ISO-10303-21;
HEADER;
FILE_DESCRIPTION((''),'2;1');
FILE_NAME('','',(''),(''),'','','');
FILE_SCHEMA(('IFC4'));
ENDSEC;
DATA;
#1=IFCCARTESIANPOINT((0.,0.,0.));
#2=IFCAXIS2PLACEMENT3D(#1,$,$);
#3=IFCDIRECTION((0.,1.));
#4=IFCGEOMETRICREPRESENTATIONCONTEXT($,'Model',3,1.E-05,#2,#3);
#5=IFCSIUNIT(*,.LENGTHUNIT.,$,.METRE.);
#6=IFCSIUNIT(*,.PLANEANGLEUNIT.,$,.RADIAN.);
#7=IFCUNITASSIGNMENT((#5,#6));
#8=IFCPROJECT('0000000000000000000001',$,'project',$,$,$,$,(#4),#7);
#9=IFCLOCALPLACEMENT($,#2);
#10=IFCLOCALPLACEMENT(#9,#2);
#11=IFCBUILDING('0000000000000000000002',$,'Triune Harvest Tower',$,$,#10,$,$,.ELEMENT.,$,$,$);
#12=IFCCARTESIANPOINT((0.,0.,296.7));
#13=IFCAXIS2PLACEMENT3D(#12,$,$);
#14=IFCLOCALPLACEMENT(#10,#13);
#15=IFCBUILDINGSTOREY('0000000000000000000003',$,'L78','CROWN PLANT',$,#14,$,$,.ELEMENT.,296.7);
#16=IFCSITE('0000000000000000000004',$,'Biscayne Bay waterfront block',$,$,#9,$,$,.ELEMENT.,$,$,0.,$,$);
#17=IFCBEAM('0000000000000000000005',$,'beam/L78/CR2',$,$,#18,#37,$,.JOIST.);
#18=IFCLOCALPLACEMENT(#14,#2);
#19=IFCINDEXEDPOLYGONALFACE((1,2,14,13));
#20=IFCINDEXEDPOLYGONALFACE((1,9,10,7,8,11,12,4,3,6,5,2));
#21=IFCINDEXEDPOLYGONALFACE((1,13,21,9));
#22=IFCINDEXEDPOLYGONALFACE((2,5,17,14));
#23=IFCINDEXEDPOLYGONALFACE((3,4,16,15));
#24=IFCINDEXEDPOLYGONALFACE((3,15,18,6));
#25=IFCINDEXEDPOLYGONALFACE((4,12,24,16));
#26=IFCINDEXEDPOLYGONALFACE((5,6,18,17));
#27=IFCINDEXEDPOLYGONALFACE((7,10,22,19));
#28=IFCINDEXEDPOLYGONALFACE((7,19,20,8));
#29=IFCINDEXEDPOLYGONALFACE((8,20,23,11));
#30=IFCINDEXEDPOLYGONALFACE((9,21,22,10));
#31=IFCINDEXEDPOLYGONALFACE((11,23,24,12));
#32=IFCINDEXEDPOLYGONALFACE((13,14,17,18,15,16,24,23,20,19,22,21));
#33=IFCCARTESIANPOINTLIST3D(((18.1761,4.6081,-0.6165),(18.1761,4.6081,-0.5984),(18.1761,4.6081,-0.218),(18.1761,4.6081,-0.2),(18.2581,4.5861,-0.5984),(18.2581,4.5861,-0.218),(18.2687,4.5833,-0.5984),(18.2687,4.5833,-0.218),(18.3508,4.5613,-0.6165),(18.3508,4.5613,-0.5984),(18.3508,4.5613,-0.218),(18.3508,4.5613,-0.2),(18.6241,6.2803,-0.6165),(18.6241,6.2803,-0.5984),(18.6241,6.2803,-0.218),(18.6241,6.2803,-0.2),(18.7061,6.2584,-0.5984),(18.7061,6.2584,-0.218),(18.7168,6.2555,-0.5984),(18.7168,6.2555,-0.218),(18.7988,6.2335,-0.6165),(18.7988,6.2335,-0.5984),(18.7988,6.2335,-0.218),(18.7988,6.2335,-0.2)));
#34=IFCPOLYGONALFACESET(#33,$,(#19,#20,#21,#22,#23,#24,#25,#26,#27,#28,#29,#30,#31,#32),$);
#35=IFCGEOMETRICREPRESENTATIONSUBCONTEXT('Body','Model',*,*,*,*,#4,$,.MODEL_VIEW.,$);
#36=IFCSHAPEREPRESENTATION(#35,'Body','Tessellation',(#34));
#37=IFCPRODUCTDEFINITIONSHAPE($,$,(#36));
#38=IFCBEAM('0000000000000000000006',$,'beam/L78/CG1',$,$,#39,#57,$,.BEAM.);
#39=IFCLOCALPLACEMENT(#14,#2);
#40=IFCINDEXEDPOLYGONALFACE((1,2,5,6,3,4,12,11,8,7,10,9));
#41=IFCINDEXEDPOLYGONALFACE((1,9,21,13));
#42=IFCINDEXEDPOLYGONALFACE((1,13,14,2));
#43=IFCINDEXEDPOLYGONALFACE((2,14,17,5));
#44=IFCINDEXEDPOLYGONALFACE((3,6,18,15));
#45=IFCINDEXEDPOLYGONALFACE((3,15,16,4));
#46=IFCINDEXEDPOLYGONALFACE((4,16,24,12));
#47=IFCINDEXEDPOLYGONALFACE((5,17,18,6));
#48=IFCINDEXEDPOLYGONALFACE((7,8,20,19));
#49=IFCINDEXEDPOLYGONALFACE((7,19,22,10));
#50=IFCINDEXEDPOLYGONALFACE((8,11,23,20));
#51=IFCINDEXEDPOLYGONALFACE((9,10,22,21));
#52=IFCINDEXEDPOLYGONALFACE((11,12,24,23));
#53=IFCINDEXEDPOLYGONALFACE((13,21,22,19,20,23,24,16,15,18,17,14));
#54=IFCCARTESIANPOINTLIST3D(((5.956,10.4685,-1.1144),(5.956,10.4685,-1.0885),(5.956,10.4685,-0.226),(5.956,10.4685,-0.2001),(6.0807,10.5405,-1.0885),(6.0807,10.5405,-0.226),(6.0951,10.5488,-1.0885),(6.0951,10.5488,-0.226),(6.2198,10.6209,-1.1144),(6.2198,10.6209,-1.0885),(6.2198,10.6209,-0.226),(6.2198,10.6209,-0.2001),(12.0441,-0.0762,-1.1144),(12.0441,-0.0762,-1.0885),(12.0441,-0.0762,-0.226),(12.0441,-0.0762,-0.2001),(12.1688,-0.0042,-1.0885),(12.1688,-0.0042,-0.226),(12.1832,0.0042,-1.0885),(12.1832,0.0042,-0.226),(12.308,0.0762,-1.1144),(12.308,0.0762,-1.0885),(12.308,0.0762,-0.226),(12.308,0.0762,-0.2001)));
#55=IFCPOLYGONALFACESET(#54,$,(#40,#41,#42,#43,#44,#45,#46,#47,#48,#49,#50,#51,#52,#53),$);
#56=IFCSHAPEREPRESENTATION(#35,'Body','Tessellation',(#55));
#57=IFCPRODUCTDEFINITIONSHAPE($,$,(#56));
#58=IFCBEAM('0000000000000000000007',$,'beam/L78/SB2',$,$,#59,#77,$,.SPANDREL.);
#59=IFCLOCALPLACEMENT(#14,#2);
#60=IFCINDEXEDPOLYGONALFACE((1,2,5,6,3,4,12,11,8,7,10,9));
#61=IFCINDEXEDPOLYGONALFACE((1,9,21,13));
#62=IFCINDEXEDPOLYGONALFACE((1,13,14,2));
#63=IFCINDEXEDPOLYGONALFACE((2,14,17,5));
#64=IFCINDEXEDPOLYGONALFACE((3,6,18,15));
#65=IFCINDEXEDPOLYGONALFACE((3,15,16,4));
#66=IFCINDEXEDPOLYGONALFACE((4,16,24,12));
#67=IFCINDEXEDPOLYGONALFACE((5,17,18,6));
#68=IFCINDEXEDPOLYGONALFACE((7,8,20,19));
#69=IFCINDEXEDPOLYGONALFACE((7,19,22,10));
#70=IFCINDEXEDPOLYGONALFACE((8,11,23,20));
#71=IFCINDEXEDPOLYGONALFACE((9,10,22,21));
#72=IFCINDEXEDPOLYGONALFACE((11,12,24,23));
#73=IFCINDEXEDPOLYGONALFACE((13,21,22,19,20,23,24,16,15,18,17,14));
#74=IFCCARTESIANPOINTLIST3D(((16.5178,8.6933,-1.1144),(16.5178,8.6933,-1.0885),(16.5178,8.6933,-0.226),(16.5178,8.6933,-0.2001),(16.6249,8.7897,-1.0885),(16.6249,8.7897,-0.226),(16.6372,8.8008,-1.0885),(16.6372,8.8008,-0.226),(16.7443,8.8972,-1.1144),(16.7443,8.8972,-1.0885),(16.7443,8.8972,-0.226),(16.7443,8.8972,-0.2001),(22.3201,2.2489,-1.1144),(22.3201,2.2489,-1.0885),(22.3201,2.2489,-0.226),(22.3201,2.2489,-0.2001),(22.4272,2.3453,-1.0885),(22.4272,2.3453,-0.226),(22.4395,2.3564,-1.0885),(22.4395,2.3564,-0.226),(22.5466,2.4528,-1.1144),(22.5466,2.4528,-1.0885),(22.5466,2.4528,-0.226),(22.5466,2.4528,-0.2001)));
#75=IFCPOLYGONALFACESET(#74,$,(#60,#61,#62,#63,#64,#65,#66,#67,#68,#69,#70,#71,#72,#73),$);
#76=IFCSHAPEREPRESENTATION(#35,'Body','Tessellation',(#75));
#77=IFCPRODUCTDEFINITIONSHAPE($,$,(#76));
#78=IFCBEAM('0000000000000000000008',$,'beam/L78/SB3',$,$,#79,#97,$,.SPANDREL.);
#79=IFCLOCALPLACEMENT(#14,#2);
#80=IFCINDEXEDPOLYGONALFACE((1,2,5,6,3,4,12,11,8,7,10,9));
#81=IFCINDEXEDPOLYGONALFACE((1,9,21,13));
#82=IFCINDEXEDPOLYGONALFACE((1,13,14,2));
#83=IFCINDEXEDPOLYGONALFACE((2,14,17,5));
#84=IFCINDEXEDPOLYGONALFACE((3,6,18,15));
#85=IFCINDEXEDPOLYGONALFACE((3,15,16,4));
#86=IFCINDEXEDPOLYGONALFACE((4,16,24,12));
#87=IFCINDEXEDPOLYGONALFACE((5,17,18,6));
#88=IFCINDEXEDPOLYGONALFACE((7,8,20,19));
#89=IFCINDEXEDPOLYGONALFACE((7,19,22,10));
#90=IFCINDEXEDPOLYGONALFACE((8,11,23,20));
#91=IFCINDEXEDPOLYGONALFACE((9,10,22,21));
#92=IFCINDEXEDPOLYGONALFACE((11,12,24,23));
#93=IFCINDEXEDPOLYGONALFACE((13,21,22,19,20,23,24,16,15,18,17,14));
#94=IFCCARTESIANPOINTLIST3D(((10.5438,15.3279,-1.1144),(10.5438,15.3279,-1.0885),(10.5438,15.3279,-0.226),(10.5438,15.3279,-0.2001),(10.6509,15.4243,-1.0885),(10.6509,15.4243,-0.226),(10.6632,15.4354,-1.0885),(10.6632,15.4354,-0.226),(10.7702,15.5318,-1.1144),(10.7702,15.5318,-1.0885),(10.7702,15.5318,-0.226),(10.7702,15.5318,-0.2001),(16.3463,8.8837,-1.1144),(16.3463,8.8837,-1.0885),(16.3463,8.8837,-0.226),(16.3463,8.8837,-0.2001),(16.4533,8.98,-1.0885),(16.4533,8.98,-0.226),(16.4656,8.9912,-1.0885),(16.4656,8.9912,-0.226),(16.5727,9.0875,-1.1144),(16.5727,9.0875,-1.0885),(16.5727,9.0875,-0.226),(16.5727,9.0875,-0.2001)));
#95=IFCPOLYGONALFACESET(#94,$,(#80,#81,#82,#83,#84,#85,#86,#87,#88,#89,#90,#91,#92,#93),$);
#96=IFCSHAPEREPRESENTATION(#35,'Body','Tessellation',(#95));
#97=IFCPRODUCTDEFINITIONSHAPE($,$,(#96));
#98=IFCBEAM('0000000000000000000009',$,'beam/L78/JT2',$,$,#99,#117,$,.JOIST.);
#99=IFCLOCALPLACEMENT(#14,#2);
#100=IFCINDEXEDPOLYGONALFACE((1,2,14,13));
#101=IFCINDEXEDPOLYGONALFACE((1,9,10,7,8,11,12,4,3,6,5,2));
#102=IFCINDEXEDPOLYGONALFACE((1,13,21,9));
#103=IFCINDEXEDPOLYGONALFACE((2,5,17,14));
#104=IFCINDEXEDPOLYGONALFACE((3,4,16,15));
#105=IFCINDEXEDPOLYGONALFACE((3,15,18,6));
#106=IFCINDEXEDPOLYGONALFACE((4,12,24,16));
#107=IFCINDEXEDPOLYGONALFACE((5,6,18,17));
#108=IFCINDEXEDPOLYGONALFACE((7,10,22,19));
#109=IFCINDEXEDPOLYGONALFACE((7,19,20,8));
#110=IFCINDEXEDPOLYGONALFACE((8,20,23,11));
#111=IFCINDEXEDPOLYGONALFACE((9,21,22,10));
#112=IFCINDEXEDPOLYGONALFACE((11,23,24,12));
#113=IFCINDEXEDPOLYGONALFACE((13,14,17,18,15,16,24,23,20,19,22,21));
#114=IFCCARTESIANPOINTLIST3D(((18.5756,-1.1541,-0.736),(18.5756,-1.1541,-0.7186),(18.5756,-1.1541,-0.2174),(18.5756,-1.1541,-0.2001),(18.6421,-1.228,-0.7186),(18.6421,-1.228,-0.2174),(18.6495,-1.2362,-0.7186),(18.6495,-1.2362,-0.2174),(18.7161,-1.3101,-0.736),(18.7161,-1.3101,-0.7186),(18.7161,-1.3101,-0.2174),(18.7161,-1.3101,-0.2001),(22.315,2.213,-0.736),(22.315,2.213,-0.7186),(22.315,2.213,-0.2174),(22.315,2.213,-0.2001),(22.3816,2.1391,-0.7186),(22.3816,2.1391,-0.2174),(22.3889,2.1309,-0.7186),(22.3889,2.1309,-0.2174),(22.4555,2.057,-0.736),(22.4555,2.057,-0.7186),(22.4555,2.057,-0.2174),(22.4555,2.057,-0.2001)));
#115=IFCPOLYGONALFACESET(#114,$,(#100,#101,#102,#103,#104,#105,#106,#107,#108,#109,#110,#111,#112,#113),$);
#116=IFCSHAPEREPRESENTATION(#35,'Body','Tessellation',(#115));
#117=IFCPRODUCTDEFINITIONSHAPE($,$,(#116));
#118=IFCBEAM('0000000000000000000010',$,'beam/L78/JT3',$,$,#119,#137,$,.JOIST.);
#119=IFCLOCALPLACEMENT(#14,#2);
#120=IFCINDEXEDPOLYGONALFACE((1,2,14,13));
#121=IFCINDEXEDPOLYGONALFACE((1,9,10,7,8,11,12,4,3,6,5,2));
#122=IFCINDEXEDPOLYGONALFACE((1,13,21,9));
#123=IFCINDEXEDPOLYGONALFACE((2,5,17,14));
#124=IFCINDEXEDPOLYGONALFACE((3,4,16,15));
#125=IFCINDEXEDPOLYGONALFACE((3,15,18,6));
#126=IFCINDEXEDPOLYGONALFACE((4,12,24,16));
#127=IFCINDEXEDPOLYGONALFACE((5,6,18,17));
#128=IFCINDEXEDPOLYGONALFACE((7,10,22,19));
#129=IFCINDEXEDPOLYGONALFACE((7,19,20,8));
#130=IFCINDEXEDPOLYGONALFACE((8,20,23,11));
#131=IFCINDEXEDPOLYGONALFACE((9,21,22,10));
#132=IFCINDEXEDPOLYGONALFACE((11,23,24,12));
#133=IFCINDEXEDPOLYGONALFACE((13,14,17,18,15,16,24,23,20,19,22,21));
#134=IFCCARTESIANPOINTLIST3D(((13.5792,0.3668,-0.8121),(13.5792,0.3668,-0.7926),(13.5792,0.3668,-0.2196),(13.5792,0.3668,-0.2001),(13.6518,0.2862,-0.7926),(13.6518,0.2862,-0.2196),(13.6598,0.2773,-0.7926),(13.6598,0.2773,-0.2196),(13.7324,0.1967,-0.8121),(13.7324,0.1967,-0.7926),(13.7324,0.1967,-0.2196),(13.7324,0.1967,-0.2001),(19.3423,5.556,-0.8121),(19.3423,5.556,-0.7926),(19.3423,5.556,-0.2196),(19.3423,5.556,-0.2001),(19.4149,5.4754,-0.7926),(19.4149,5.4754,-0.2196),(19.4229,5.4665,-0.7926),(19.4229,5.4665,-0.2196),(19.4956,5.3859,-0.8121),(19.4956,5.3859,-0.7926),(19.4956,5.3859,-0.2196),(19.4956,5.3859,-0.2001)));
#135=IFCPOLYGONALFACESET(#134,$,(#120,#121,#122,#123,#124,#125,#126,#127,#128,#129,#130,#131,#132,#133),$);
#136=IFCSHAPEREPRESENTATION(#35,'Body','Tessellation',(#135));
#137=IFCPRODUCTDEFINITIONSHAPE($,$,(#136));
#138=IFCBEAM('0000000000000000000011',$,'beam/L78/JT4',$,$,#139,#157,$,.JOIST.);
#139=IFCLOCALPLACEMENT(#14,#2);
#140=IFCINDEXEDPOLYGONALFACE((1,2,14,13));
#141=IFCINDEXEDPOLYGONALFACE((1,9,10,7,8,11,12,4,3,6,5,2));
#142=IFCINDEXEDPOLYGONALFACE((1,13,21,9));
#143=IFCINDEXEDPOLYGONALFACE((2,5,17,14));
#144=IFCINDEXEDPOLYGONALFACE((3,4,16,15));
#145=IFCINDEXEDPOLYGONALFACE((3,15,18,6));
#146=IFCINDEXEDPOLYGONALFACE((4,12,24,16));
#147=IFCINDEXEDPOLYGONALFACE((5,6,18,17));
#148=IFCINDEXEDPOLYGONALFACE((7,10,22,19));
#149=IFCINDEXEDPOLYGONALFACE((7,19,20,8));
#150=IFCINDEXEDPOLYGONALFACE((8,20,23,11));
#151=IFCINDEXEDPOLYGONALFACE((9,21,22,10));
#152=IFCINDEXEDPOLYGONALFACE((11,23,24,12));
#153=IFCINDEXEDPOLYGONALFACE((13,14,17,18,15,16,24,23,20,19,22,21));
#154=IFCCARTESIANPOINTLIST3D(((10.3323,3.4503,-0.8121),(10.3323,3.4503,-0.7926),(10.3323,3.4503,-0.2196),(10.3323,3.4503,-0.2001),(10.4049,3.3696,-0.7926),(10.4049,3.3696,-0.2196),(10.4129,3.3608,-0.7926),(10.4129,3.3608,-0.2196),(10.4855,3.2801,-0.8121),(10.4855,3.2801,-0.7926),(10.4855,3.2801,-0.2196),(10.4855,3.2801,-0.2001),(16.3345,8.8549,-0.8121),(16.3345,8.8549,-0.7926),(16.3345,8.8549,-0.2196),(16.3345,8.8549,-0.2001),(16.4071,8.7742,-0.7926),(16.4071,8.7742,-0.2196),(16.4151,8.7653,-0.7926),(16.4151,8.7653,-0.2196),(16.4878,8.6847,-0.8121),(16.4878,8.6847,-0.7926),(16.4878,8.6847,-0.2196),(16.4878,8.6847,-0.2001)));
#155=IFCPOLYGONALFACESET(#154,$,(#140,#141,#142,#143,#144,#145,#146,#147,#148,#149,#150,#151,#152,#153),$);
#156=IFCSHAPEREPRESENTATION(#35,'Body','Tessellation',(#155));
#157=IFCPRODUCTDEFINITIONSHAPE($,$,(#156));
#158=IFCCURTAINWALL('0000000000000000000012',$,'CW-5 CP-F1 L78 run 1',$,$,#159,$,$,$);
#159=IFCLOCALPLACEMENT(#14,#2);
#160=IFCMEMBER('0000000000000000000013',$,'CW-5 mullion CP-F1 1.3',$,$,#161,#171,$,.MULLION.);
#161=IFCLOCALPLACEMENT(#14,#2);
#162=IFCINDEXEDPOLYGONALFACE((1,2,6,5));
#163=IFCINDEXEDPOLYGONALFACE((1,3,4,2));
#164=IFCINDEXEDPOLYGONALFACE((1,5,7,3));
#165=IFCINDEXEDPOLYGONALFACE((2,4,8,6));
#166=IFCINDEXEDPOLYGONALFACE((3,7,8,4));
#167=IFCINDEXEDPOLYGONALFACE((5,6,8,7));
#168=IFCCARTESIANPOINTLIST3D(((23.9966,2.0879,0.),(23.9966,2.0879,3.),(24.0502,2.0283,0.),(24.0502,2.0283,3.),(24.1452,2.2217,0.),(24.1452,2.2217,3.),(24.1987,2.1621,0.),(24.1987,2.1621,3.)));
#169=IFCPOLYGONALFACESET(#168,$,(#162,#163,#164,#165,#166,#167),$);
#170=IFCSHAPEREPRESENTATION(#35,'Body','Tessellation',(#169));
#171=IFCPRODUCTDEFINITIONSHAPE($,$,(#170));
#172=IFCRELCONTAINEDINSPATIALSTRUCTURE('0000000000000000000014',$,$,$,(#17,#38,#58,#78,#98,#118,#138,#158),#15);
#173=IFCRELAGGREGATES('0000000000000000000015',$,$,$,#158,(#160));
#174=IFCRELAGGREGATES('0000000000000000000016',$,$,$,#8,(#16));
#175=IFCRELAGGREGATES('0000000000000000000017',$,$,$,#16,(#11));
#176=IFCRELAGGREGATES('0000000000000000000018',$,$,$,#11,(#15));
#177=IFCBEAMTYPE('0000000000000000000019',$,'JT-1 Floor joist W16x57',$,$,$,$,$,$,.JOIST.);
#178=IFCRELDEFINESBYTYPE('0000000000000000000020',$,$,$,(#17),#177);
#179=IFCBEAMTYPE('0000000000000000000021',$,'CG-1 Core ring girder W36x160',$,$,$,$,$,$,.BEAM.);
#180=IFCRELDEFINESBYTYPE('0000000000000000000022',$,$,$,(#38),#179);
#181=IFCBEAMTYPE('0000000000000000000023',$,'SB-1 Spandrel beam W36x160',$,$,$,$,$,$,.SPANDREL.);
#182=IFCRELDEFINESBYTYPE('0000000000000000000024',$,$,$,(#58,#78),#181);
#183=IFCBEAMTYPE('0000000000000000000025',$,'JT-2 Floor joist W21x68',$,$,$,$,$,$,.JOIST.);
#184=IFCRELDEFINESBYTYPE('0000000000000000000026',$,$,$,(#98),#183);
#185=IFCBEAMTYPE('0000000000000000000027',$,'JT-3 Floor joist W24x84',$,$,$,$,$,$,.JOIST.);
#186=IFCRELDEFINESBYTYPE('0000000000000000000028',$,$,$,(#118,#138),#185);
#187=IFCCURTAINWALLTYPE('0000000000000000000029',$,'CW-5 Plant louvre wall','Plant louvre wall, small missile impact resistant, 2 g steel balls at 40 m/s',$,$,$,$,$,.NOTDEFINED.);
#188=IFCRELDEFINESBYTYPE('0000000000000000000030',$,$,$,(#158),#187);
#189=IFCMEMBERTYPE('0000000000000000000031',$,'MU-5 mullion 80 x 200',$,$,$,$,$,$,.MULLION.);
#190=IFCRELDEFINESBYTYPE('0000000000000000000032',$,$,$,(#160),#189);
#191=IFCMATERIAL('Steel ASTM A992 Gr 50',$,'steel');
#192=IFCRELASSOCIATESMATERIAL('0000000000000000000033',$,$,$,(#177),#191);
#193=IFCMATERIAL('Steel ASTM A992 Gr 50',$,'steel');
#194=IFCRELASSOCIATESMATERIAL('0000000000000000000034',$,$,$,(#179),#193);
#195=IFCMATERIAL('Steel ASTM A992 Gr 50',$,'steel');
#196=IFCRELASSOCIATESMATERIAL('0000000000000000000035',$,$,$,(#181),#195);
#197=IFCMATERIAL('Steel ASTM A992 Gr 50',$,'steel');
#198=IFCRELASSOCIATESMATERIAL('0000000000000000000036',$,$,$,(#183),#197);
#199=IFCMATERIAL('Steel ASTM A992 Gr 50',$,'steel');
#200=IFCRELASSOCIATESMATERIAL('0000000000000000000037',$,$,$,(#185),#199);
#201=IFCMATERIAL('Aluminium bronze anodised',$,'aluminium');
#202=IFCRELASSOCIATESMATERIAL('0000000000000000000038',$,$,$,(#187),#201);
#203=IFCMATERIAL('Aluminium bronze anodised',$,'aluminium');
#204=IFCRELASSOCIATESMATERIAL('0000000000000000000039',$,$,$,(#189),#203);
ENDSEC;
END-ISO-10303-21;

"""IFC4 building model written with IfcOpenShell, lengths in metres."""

from ifc_helpers import new_model, si_unit, direction, frame, origin, origin_2d, place, context, subcontext, project, spatial, rectangle, i_section, extrude, source, transform, mapped, material, material_profile, profile_set, type_object, element, aggregate, save


model = new_model("IFC4")

# Units and contexts
model_context = context("Model", 3, precision=1e-05, world=origin(), true_north=direction((0.0, 1.0)))
body_context = subcontext(model_context, "Body", "Model", "MODEL_VIEW")
ifc_project = project(units=[si_unit("LENGTHUNIT", "METRE"), si_unit("PLANEANGLEUNIT", "RADIAN")], contexts=[model_context])

# Site, building, storey
site_placement = place(None, origin())
site = spatial("IfcSite", under=ifc_project, at=site_placement, Name="Biscayne Bay waterfront block", CompositionType="ELEMENT", RefElevation=0.0)
building_placement = place(site_placement, origin())
building = spatial("IfcBuilding", under=site, at=building_placement, Name="Triune Harvest Tower", CompositionType="ELEMENT")
storey_placement = place(building_placement, frame((0.0, 0.0, 296.7)))
storey = spatial("IfcBuildingStorey", under=building, at=storey_placement, Name="L78", Description="CROWN PLANT", CompositionType="ELEMENT", Elevation=296.7)

# Beams
ifc_material_1 = material(Name="Steel ASTM A992 Gr 50", Category="steel")
ifc_material_profile_1 = material_profile(ifc_material_1, i_section(OverallWidth=0.1809, OverallDepth=0.4165, WebThickness=0.011, FlangeThickness=0.0181, at=origin_2d()), Name="W16x57")
ifc_profile_set_1 = profile_set([ifc_material_profile_1], Name="Steel ASTM A992 Gr 50")
beam_type_1 = type_object("IfcBeamType", Name="JT-1 Floor joist W16x57", PredefinedType="JOIST", material=ifc_profile_set_1)
beam_1_placement = place(storey_placement, frame((18.2634, 4.5847, -0.4082), z_axis=(0.258795, 0.965932, 0.0), x_axis=(-0.965932, 0.258795, 0.0)))
element("IfcBeam", 1, at=beam_1_placement, inside=storey, type_object=beam_type_1, Name="beam/L78/CR2", PredefinedType="JOIST", context=body_context, shape_type="SweptSolid", body=[
    extrude(i_section(OverallWidth=0.1809, OverallDepth=0.4165, WebThickness=0.011, FlangeThickness=0.0181, at=origin_2d()), origin(), (0.0, 0.0, 1.0), 1.7312),
])
ifc_material_2 = material(Name="Steel ASTM A992 Gr 50", Category="steel")
ifc_material_profile_2 = material_profile(ifc_material_2, i_section(OverallWidth=0.3047, OverallDepth=0.9143, WebThickness=0.0166, FlangeThickness=0.0259, at=origin_2d()), Name="W36x160")
ifc_profile_set_2 = profile_set([ifc_material_profile_2], Name="Steel ASTM A992 Gr 50")
beam_type_2 = type_object("IfcBeamType", Name="CG-1 Core ring girder W36x160", PredefinedType="BEAM", material=ifc_profile_set_2)
shared_shape_1 = source(origin(), body_context, "Body", "SweptSolid", [
    extrude(i_section(OverallWidth=0.3047, OverallDepth=0.9143, WebThickness=0.0166, FlangeThickness=0.0259, at=origin_2d()), origin(), (0.0, 0.0, 1.0), 12.176),
])
beam_2_placement = place(storey_placement, frame((12.176, 0.0, -0.6572), z_axis=(-0.50001, 0.86602, 0.0), x_axis=(-0.86602, -0.50001, 0.0)))
element("IfcBeam", 2, at=beam_2_placement, inside=storey, type_object=beam_type_2, Name="beam/L78/CG1", PredefinedType="BEAM", context=body_context, shape_type="MappedRepresentation", body=[
    mapped(shared_shape_1, transform((0.0, 0.0, 0.0), scale=1.0)),
])
ifc_material_3 = material(Name="Steel ASTM A992 Gr 50", Category="steel")
ifc_material_profile_3 = material_profile(ifc_material_3, i_section(OverallWidth=0.3047, OverallDepth=0.9143, WebThickness=0.0166, FlangeThickness=0.0259, at=origin_2d()), Name="W36x160")
ifc_profile_set_3 = profile_set([ifc_material_profile_3], Name="Steel ASTM A992 Gr 50")
beam_type_3 = type_object("IfcBeamType", Name="SB-1 Spandrel beam W36x160", PredefinedType="SPANDREL", material=ifc_profile_set_3)
shared_shape_2 = source(origin(), body_context, "Body", "SweptSolid", [
    extrude(i_section(OverallWidth=0.3047, OverallDepth=0.9143, WebThickness=0.0166, FlangeThickness=0.0259, at=origin_2d()), origin(), (0.0, 0.0, 1.0), 8.6716),
])
for number, where, z_axis, x_axis, name in (
    (3, (22.4333, 2.3508, -0.6572), (-0.669114, 0.74316, 0.0), (-0.74316, -0.669114, 0.0), "beam/L78/SB2"),
    (4, (16.4595, 8.9856, -0.6572), (-0.66913, 0.743146, 0.0), (-0.743146, -0.66913, 0.0), "beam/L78/SB3"),
):
    element("IfcBeam", number, at=place(storey_placement, frame(where, z_axis=z_axis, x_axis=x_axis)), inside=storey, type_object=beam_type_3, Name=name, PredefinedType="SPANDREL", context=body_context, shape_type="MappedRepresentation", body=[
        mapped(shared_shape_2, transform((0.0, 0.0, 0.0), scale=1.0)),
    ])
ifc_material_4 = material(Name="Steel ASTM A992 Gr 50", Category="steel")
ifc_material_profile_4 = material_profile(ifc_material_4, i_section(OverallWidth=0.21, OverallDepth=0.5359, WebThickness=0.011, FlangeThickness=0.0173, at=origin_2d()), Name="W21x68")
ifc_profile_set_4 = profile_set([ifc_material_profile_4], Name="Steel ASTM A992 Gr 50")
beam_type_4 = type_object("IfcBeamType", Name="JT-2 Floor joist W21x68", PredefinedType="JOIST", material=ifc_profile_set_4)
shared_shape_3 = source(origin(), body_context, "Body", "SweptSolid", [
    extrude(i_section(OverallWidth=0.21, OverallDepth=0.5359, WebThickness=0.011, FlangeThickness=0.0173, at=origin_2d()), origin(), (0.0, 0.0, 1.0), 5.032),
])
beam_3_placement = place(storey_placement, frame((22.3853, 2.135, -0.468), z_axis=(-0.743132, -0.669144, 0.0), x_axis=(0.669144, -0.743132, 0.0)))
element("IfcBeam", 5, at=beam_3_placement, inside=storey, type_object=beam_type_4, Name="beam/L78/JT2", PredefinedType="JOIST", context=body_context, shape_type="MappedRepresentation", body=[
    mapped(shared_shape_3, transform((0.0, 0.0, 0.0), scale=1.0)),
])
ifc_material_5 = material(Name="Steel ASTM A992 Gr 50", Category="steel")
ifc_material_profile_5 = material_profile(ifc_material_5, i_section(OverallWidth=0.229, OverallDepth=0.6121, WebThickness=0.012, FlangeThickness=0.0195, at=origin_2d()), Name="W24x84")
ifc_profile_set_5 = profile_set([ifc_material_profile_5], Name="Steel ASTM A992 Gr 50")
beam_type_5 = type_object("IfcBeamType", Name="JT-3 Floor joist W24x84", PredefinedType="JOIST", material=ifc_profile_set_5)
shared_shape_4 = source(origin(), body_context, "Body", "SweptSolid", [
    extrude(i_section(OverallWidth=0.229, OverallDepth=0.6121, WebThickness=0.012, FlangeThickness=0.0195, at=origin_2d()), origin(), (0.0, 0.0, 1.0), 7.7551),
])
beam_4_placement = place(storey_placement, frame((19.4189, 5.4709, -0.5061), z_axis=(-0.743144, -0.669132, 0.0), x_axis=(0.669132, -0.743144, 0.0)))
element("IfcBeam", 6, at=beam_4_placement, inside=storey, type_object=beam_type_5, Name="beam/L78/JT3", PredefinedType="JOIST", context=body_context, shape_type="MappedRepresentation", body=[
    mapped(shared_shape_4, transform((0.0, 0.0, 0.0), scale=1.0)),
])
shared_shape_5 = source(origin(), body_context, "Body", "SweptSolid", [
    extrude(i_section(OverallWidth=0.229, OverallDepth=0.6121, WebThickness=0.012, FlangeThickness=0.0195, at=origin_2d()), origin(), (0.0, 0.0, 1.0), 8.0769),
])
beam_5_placement = place(storey_placement, frame((16.4111, 8.7698, -0.5061), z_axis=(-0.743136, -0.66914, 0.0), x_axis=(0.66914, -0.743136, 0.0)))
element("IfcBeam", 7, at=beam_5_placement, inside=storey, type_object=beam_type_5, Name="beam/L78/JT4", PredefinedType="JOIST", context=body_context, shape_type="MappedRepresentation", body=[
    mapped(shared_shape_5, transform((0.0, 0.0, 0.0), scale=1.0)),
])

# Curtain wall, member
ifc_material_6 = material(Name="Aluminium bronze anodised", Category="aluminium")
curtain_wall_type = type_object("IfcCurtainWallType", Name="CW-5 Plant louvre wall", Description="Plant louvre wall, small missile impact resistant, 2 g steel balls at 40 m/s", PredefinedType="NOTDEFINED", material=ifc_material_6)
curtain_wall_placement = place(storey_placement, origin())
curtain_wall = element("IfcCurtainWall", 8, at=curtain_wall_placement, inside=storey, type_object=curtain_wall_type, Name="CW-5 CP-F1 L78 run 1")
ifc_material_7 = material(Name="Aluminium bronze anodised", Category="aluminium")
ifc_material_profile_6 = material_profile(ifc_material_7, rectangle(XDim=0.2, YDim=0.0801, at=origin_2d()), Name="MU-5 mullion 80 x 200")
ifc_profile_set_6 = profile_set([ifc_material_profile_6], Name="Aluminium bronze anodised")
member_type_1 = type_object("IfcMemberType", Name="MU-5 mullion 80 x 200", PredefinedType="MULLION", material=ifc_profile_set_6)
shared_shape_6 = source(origin(), body_context, "Body", "SweptSolid", [
    extrude(rectangle(XDim=0.2, YDim=0.0801, at=origin_2d()), origin(), (0.0, 0.0, 1.0), 3.0),
])
member_1_placement = place(storey_placement, frame((24.0977, 2.125, 0.0), z_axis=(0.0, 0.0, 1.0), x_axis=(-0.743144, -0.669131, 0.0)))
member_1 = element("IfcMember", 9, at=member_1_placement, type_object=member_type_1, Name="CW-5 mullion CP-F1 1.3", PredefinedType="MULLION", context=body_context, shape_type="MappedRepresentation", body=[
    mapped(shared_shape_6, transform((0.0, 0.0, 0.0), scale=1.0)),
])

aggregate(curtain_wall, [member_1])

save(model, "model.ifc")
